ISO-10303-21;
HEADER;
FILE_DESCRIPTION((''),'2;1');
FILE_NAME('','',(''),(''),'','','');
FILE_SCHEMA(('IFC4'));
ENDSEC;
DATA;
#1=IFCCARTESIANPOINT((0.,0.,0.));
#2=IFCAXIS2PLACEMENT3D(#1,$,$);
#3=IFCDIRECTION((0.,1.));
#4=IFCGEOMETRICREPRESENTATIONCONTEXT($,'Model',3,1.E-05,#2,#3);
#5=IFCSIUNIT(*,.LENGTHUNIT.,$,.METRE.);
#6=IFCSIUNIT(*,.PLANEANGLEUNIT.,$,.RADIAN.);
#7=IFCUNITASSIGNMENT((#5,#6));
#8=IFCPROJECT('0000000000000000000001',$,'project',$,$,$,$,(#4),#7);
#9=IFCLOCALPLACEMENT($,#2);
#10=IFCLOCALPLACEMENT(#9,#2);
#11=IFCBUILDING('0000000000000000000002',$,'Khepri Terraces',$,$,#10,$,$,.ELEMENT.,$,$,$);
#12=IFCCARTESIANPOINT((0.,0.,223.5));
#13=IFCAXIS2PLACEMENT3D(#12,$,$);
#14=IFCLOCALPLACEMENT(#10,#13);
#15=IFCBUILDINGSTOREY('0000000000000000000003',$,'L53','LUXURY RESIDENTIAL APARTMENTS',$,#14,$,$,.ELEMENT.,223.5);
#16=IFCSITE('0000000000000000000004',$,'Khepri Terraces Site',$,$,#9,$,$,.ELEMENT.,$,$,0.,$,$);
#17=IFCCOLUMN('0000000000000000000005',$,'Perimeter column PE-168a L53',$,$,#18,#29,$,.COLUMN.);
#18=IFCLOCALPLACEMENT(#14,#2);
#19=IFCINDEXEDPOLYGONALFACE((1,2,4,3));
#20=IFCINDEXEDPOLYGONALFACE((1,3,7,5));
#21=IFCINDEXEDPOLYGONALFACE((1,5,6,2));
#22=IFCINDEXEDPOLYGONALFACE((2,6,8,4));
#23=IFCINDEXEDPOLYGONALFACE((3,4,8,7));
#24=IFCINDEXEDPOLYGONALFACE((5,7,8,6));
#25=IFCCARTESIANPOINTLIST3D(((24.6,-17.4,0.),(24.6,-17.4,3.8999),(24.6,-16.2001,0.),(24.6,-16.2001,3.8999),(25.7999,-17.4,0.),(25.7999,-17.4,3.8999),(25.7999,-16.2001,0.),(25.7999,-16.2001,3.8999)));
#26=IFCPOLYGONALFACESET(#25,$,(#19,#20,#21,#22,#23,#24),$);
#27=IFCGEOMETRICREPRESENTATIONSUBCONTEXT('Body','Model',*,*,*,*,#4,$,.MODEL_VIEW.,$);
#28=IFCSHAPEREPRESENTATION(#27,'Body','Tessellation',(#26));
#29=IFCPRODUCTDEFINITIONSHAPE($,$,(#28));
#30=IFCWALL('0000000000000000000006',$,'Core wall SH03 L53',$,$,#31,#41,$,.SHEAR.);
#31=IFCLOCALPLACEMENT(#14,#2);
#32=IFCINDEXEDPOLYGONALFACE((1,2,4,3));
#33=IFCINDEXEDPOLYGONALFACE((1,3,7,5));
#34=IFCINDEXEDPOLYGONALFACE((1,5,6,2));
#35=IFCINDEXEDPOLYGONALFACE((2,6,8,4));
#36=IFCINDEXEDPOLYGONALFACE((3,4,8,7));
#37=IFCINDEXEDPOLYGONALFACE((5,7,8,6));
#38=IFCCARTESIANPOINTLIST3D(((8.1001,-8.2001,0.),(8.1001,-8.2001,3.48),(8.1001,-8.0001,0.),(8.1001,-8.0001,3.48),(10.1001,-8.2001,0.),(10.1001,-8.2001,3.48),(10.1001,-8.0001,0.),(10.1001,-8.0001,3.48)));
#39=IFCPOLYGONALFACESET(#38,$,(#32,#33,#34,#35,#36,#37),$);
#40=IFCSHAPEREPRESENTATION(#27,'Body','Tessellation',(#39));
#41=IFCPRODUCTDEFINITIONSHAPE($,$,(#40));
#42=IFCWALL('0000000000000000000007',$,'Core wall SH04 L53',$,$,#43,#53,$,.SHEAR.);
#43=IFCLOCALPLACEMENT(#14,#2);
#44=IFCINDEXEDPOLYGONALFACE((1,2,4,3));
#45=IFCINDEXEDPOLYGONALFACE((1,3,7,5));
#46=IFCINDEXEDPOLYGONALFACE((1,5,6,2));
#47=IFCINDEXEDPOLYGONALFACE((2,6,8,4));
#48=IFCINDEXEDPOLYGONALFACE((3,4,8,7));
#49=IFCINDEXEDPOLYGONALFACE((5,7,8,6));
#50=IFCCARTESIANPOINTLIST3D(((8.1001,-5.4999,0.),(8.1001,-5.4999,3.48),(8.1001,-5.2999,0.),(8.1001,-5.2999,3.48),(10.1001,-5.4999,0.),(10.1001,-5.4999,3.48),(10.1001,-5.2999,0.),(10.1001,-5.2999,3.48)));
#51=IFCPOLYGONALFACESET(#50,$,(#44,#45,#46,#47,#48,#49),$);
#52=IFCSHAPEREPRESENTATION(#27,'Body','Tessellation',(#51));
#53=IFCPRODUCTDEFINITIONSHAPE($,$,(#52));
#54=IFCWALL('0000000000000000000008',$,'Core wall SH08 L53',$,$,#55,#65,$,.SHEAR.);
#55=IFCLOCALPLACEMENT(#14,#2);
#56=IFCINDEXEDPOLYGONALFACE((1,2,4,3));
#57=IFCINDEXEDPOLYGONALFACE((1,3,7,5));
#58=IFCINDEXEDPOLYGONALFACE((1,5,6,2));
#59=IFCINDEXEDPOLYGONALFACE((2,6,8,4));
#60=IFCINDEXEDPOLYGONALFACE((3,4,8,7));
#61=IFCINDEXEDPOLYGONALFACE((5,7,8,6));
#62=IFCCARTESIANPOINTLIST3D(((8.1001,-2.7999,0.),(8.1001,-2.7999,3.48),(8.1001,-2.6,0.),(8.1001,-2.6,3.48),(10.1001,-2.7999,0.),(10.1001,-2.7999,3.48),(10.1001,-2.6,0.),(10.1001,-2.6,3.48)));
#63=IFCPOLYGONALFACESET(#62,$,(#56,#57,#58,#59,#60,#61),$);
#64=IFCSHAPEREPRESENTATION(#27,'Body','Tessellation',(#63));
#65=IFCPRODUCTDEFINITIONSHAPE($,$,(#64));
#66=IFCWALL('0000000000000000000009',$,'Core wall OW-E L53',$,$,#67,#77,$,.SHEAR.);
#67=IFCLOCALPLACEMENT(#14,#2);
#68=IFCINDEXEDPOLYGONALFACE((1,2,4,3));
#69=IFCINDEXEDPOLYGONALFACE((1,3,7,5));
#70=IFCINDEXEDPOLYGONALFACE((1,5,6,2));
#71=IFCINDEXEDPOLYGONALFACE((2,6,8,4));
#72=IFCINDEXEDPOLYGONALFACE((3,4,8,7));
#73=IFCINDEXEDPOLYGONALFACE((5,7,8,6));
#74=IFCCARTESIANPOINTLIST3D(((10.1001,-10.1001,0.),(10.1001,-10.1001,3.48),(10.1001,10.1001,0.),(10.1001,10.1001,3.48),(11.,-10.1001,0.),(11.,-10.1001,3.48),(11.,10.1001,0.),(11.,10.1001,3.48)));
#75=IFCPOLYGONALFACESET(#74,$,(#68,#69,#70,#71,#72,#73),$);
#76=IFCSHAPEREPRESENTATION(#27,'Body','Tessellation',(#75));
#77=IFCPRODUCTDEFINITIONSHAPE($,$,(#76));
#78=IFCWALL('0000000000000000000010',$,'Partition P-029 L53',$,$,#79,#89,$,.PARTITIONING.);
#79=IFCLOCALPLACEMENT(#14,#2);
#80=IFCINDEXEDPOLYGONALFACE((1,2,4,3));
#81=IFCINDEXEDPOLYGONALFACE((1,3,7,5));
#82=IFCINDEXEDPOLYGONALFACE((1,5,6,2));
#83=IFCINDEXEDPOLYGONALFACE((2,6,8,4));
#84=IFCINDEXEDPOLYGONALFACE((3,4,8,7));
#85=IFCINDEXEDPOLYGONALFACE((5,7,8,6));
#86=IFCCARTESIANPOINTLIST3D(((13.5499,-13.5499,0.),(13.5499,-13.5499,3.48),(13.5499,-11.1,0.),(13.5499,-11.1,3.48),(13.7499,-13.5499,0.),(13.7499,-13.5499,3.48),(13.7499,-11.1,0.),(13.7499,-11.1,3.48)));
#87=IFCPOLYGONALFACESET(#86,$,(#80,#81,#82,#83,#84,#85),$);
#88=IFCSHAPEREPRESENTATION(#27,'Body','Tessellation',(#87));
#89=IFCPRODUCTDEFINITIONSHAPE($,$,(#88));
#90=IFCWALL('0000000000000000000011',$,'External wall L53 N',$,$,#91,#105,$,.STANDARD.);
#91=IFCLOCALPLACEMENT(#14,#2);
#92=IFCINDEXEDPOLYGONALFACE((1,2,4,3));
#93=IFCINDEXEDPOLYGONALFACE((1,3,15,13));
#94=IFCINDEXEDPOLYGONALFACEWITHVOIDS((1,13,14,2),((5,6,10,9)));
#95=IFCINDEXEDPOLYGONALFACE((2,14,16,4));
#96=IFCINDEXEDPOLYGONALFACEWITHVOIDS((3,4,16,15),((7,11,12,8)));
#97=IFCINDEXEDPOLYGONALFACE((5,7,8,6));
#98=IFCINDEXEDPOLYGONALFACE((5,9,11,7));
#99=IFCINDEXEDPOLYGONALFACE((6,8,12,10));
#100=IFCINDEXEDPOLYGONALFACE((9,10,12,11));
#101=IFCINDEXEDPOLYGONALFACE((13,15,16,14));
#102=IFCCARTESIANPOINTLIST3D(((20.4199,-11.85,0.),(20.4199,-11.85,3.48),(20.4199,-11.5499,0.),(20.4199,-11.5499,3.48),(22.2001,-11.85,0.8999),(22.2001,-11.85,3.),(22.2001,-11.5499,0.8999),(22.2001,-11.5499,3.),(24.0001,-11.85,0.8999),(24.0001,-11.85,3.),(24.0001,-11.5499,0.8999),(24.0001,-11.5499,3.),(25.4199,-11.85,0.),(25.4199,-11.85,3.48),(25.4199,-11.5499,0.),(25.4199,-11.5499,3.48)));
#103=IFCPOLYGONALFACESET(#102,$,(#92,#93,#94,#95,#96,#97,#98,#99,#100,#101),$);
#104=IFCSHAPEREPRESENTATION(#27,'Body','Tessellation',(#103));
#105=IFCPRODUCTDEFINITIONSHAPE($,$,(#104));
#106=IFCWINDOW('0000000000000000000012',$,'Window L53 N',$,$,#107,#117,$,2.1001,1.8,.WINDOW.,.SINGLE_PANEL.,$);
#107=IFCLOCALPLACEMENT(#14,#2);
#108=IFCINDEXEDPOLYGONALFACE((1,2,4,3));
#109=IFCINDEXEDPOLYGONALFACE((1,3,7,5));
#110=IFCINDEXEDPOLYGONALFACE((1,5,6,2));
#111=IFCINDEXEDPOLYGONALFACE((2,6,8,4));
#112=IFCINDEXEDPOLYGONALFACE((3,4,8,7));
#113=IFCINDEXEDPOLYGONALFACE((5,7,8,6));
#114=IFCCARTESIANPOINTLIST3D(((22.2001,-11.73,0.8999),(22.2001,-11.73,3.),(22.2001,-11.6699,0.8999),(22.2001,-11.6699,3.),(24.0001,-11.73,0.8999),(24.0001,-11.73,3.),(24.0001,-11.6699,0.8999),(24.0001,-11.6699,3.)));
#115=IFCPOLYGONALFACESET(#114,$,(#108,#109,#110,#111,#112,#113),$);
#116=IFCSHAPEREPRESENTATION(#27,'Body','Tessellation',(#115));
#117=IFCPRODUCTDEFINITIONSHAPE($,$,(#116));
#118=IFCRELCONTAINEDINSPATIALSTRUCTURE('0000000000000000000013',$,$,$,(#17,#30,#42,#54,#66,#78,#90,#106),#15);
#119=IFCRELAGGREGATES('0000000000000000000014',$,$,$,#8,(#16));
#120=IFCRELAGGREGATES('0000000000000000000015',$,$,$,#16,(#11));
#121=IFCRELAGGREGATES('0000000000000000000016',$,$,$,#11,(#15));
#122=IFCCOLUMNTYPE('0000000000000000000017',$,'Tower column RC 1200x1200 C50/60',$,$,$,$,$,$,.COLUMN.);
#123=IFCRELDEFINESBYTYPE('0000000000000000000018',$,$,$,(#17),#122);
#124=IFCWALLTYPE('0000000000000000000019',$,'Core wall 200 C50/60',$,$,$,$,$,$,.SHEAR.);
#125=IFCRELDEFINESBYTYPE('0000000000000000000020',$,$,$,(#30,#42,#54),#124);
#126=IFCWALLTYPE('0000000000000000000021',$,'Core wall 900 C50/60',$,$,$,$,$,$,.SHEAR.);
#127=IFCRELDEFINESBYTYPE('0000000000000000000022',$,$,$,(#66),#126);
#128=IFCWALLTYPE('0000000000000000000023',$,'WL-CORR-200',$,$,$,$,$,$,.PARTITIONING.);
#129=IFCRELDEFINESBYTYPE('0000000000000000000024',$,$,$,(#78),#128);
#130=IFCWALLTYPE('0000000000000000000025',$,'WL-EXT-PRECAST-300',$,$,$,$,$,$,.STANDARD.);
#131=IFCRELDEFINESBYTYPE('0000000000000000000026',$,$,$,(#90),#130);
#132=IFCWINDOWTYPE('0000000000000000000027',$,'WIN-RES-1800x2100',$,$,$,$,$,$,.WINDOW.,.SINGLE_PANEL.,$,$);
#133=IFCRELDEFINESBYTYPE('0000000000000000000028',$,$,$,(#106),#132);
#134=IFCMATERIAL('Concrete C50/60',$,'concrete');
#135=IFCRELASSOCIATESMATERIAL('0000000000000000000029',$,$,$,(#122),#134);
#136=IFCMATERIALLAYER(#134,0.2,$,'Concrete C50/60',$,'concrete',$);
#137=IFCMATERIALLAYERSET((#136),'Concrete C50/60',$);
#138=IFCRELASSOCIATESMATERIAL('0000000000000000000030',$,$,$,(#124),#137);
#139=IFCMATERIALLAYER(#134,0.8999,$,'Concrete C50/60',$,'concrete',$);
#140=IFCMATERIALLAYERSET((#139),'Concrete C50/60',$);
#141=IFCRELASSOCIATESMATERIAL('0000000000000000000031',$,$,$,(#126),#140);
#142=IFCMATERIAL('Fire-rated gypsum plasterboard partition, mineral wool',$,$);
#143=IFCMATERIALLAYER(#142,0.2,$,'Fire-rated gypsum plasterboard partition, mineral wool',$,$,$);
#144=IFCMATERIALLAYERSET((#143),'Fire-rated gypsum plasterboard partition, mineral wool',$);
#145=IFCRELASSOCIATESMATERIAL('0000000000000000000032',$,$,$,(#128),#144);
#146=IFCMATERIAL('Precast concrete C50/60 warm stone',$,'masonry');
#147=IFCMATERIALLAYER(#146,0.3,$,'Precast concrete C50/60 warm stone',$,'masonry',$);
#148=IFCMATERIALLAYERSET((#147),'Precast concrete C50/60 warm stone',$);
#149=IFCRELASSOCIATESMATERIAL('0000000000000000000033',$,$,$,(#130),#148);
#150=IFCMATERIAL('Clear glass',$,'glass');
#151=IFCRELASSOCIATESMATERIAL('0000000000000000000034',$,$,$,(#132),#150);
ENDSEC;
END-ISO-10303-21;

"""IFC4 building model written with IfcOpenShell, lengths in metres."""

from ifc_helpers import new_model, si_unit, direction, frame, frame_2d, origin, origin_2d, place, context, subcontext, project, spatial, rectangle, extrude, material, layer, layer_set, material_profile, profile_set, type_object, element, fill, save


model = new_model("IFC4")

# Units and contexts
model_context = context("Model", 3, precision=1e-05, world=origin(), true_north=direction((0.0, 1.0)))
body_context = subcontext(model_context, "Body", "Model", "MODEL_VIEW")
ifc_project = project(units=[si_unit("LENGTHUNIT", "METRE"), si_unit("PLANEANGLEUNIT", "RADIAN")], contexts=[model_context])

# Site, building, storey
site_placement = place(None, origin())
site = spatial("IfcSite", under=ifc_project, at=site_placement, Name="Khepri Terraces Site", CompositionType="ELEMENT", RefElevation=0.0)
building_placement = place(site_placement, origin())
building = spatial("IfcBuilding", under=site, at=building_placement, Name="Khepri Terraces", CompositionType="ELEMENT")
storey_placement = place(building_placement, frame((0.0, 0.0, 223.5)))
storey = spatial("IfcBuildingStorey", under=building, at=storey_placement, Name="L53", Description="LUXURY RESIDENTIAL APARTMENTS", CompositionType="ELEMENT", Elevation=223.5)

# Column
ifc_material_1 = material(Name="Concrete C50/60", Category="concrete")
ifc_material_profile = material_profile(ifc_material_1, rectangle(XDim=1.2, YDim=1.2, at=origin_2d()), Name="Concrete C50/60", Category="concrete")
ifc_profile_set = profile_set([ifc_material_profile], Name="Concrete C50/60")
column_type = type_object("IfcColumnType", Name="Tower column RC 1200x1200 C50/60", PredefinedType="COLUMN", material=ifc_profile_set)
column_placement = place(storey_placement, frame((25.2, -16.8, 0.0), z_axis=(0.0, 0.0, 1.0), x_axis=(1.0, 0.0, 0.0)))
element("IfcColumn", 1, at=column_placement, inside=storey, type_object=column_type, Name="Perimeter column PE-168a L53", PredefinedType="COLUMN", context=body_context, shape_type="SweptSolid", body=[
    extrude(rectangle(XDim=1.2, YDim=1.2, at=origin_2d()), origin(), (0.0, 0.0, 1.0), 3.8999),
])

# Walls
ifc_layer_1 = layer(ifc_material_1, 0.2, Name="Concrete C50/60", Category="concrete")
ifc_layer_set_1 = layer_set([ifc_layer_1], Name="Concrete C50/60")
wall_type_1 = type_object("IfcWallType", Name="Core wall 200 C50/60", PredefinedType="SHEAR", material=ifc_layer_set_1)
for number, where, z_axis, x_axis, name in (
    (2, (8.1001, -8.1001, 0.0), (0.0, 0.0, 1.0), (1.0, 0.0, 0.0), "Core wall SH03 L53"),
    (3, (8.1001, -5.3999, 0.0), (0.0, 0.0, 1.0), (1.0, 0.0, 0.0), "Core wall SH04 L53"),
    (4, (8.1001, -2.7, 0.0), (0.0, 0.0, 1.0), (1.0, 0.0, 0.0), "Core wall SH08 L53"),
):
    element("IfcWall", number, at=place(storey_placement, frame(where, z_axis=z_axis, x_axis=x_axis)), inside=storey, type_object=wall_type_1, Name=name, PredefinedType="SHEAR", context=body_context, shape_type="SweptSolid", body=[
        extrude(rectangle(XDim=2.0, YDim=0.2, at=frame_2d((1.0, 0.0))), origin(), (0.0, 0.0, 1.0), 3.48),
    ])
ifc_layer_2 = layer(ifc_material_1, 0.8999, Name="Concrete C50/60", Category="concrete")
ifc_layer_set_2 = layer_set([ifc_layer_2], Name="Concrete C50/60")
wall_type_2 = type_object("IfcWallType", Name="Core wall 900 C50/60", PredefinedType="SHEAR", material=ifc_layer_set_2)
wall_1_placement = place(storey_placement, frame((10.55, -10.1001, 0.0), z_axis=(0.0, 0.0, 1.0), x_axis=(0.0, 1.0, 0.0)))
element("IfcWall", 5, at=wall_1_placement, inside=storey, type_object=wall_type_2, Name="Core wall OW-E L53", PredefinedType="SHEAR", context=body_context, shape_type="SweptSolid", body=[
    extrude(rectangle(XDim=20.2002, YDim=0.8999, at=frame_2d((10.1001, 0.0))), origin(), (0.0, 0.0, 1.0), 3.48),
])
ifc_material_2 = material(Name="Fire-rated gypsum plasterboard partition, mineral wool")
ifc_layer_3 = layer(ifc_material_2, 0.2, Name="Fire-rated gypsum plasterboard partition, mineral wool")
ifc_layer_set_3 = layer_set([ifc_layer_3], Name="Fire-rated gypsum plasterboard partition, mineral wool")
wall_type_3 = type_object("IfcWallType", Name="WL-CORR-200", PredefinedType="PARTITIONING", material=ifc_layer_set_3)
wall_2_placement = place(storey_placement, frame((13.6499, -13.55, 0.0), z_axis=(0.0, 0.0, 1.0), x_axis=(0.0, 1.0, 0.0)))
element("IfcWall", 6, at=wall_2_placement, inside=storey, type_object=wall_type_3, Name="Partition P-029 L53", PredefinedType="PARTITIONING", context=body_context, shape_type="SweptSolid", body=[
    extrude(rectangle(XDim=2.45, YDim=0.2, at=frame_2d((1.2251, 0.0))), origin(), (0.0, 0.0, 1.0), 3.48),
])

# Shared definitions
ifc_material_3 = material(Name="Precast concrete C50/60 warm stone", Category="masonry")
ifc_layer_4 = layer(ifc_material_3, 0.3, Name="Precast concrete C50/60 warm stone", Category="masonry")
ifc_layer_set_4 = layer_set([ifc_layer_4], Name="Precast concrete C50/60 warm stone")
wall_type_4 = type_object("IfcWallType", Name="WL-EXT-PRECAST-300", PredefinedType="STANDARD", material=ifc_layer_set_4)

# Wall, opening, window
wall_3_placement = place(storey_placement, frame((25.4199, -11.7, 0.0), z_axis=(0.0, 0.0, 1.0), x_axis=(-1.0, 0.0, 0.0)))
wall_3 = element("IfcWall", 7, at=wall_3_placement, inside=storey, type_object=wall_type_4, Name="External wall L53 N", PredefinedType="STANDARD", context=body_context, shape_type="SweptSolid", body=[
    extrude(rectangle(XDim=5.0, YDim=0.3, at=frame_2d((2.5, 0.0))), origin(), (0.0, 0.0, 1.0), 3.48),
])
opening_1_placement = place(wall_3_placement, frame((1.4199, 0.0, 0.8999)))
opening_1 = element("IfcOpeningElement", 8, at=opening_1_placement, cuts=wall_3, PredefinedType="OPENING", context=body_context, shape_type="SweptSolid", body=[
    extrude(rectangle(XDim=1.8, YDim=2.1001, at=frame_2d((0.8999, 1.05))), frame((0.0, 0.1602, 0.0), z_axis=(0.0, -1.0, 0.0), x_axis=(1.0, 0.0, 0.0)), (0.0, 0.0, 1.0), 0.3201),
])
ifc_material_4 = material(Name="Clear glass", Category="glass")
window_type_1 = type_object("IfcWindowType", Name="WIN-RES-1800x2100", PartitioningType="SINGLE_PANEL", PredefinedType="WINDOW", material=ifc_material_4)
window_1_placement = place(opening_1_placement, origin())
window_1 = element("IfcWindow", 9, at=window_1_placement, inside=storey, type_object=window_type_1, Name="Window L53 N", OverallHeight=2.1001, OverallWidth=1.8, PartitioningType="SINGLE_PANEL", PredefinedType="WINDOW", context=body_context, shape_type="SweptSolid", body=[
    extrude(rectangle(XDim=1.8, YDim=2.1001, at=frame_2d((0.8999, 1.05))), frame((0.0, 0.03, 0.0), z_axis=(0.0, -1.0, 0.0), x_axis=(1.0, 0.0, 0.0)), (0.0, 0.0, 1.0), 0.0601),
])
fill(opening_1, window_1)

save(model, "model.ifc")
